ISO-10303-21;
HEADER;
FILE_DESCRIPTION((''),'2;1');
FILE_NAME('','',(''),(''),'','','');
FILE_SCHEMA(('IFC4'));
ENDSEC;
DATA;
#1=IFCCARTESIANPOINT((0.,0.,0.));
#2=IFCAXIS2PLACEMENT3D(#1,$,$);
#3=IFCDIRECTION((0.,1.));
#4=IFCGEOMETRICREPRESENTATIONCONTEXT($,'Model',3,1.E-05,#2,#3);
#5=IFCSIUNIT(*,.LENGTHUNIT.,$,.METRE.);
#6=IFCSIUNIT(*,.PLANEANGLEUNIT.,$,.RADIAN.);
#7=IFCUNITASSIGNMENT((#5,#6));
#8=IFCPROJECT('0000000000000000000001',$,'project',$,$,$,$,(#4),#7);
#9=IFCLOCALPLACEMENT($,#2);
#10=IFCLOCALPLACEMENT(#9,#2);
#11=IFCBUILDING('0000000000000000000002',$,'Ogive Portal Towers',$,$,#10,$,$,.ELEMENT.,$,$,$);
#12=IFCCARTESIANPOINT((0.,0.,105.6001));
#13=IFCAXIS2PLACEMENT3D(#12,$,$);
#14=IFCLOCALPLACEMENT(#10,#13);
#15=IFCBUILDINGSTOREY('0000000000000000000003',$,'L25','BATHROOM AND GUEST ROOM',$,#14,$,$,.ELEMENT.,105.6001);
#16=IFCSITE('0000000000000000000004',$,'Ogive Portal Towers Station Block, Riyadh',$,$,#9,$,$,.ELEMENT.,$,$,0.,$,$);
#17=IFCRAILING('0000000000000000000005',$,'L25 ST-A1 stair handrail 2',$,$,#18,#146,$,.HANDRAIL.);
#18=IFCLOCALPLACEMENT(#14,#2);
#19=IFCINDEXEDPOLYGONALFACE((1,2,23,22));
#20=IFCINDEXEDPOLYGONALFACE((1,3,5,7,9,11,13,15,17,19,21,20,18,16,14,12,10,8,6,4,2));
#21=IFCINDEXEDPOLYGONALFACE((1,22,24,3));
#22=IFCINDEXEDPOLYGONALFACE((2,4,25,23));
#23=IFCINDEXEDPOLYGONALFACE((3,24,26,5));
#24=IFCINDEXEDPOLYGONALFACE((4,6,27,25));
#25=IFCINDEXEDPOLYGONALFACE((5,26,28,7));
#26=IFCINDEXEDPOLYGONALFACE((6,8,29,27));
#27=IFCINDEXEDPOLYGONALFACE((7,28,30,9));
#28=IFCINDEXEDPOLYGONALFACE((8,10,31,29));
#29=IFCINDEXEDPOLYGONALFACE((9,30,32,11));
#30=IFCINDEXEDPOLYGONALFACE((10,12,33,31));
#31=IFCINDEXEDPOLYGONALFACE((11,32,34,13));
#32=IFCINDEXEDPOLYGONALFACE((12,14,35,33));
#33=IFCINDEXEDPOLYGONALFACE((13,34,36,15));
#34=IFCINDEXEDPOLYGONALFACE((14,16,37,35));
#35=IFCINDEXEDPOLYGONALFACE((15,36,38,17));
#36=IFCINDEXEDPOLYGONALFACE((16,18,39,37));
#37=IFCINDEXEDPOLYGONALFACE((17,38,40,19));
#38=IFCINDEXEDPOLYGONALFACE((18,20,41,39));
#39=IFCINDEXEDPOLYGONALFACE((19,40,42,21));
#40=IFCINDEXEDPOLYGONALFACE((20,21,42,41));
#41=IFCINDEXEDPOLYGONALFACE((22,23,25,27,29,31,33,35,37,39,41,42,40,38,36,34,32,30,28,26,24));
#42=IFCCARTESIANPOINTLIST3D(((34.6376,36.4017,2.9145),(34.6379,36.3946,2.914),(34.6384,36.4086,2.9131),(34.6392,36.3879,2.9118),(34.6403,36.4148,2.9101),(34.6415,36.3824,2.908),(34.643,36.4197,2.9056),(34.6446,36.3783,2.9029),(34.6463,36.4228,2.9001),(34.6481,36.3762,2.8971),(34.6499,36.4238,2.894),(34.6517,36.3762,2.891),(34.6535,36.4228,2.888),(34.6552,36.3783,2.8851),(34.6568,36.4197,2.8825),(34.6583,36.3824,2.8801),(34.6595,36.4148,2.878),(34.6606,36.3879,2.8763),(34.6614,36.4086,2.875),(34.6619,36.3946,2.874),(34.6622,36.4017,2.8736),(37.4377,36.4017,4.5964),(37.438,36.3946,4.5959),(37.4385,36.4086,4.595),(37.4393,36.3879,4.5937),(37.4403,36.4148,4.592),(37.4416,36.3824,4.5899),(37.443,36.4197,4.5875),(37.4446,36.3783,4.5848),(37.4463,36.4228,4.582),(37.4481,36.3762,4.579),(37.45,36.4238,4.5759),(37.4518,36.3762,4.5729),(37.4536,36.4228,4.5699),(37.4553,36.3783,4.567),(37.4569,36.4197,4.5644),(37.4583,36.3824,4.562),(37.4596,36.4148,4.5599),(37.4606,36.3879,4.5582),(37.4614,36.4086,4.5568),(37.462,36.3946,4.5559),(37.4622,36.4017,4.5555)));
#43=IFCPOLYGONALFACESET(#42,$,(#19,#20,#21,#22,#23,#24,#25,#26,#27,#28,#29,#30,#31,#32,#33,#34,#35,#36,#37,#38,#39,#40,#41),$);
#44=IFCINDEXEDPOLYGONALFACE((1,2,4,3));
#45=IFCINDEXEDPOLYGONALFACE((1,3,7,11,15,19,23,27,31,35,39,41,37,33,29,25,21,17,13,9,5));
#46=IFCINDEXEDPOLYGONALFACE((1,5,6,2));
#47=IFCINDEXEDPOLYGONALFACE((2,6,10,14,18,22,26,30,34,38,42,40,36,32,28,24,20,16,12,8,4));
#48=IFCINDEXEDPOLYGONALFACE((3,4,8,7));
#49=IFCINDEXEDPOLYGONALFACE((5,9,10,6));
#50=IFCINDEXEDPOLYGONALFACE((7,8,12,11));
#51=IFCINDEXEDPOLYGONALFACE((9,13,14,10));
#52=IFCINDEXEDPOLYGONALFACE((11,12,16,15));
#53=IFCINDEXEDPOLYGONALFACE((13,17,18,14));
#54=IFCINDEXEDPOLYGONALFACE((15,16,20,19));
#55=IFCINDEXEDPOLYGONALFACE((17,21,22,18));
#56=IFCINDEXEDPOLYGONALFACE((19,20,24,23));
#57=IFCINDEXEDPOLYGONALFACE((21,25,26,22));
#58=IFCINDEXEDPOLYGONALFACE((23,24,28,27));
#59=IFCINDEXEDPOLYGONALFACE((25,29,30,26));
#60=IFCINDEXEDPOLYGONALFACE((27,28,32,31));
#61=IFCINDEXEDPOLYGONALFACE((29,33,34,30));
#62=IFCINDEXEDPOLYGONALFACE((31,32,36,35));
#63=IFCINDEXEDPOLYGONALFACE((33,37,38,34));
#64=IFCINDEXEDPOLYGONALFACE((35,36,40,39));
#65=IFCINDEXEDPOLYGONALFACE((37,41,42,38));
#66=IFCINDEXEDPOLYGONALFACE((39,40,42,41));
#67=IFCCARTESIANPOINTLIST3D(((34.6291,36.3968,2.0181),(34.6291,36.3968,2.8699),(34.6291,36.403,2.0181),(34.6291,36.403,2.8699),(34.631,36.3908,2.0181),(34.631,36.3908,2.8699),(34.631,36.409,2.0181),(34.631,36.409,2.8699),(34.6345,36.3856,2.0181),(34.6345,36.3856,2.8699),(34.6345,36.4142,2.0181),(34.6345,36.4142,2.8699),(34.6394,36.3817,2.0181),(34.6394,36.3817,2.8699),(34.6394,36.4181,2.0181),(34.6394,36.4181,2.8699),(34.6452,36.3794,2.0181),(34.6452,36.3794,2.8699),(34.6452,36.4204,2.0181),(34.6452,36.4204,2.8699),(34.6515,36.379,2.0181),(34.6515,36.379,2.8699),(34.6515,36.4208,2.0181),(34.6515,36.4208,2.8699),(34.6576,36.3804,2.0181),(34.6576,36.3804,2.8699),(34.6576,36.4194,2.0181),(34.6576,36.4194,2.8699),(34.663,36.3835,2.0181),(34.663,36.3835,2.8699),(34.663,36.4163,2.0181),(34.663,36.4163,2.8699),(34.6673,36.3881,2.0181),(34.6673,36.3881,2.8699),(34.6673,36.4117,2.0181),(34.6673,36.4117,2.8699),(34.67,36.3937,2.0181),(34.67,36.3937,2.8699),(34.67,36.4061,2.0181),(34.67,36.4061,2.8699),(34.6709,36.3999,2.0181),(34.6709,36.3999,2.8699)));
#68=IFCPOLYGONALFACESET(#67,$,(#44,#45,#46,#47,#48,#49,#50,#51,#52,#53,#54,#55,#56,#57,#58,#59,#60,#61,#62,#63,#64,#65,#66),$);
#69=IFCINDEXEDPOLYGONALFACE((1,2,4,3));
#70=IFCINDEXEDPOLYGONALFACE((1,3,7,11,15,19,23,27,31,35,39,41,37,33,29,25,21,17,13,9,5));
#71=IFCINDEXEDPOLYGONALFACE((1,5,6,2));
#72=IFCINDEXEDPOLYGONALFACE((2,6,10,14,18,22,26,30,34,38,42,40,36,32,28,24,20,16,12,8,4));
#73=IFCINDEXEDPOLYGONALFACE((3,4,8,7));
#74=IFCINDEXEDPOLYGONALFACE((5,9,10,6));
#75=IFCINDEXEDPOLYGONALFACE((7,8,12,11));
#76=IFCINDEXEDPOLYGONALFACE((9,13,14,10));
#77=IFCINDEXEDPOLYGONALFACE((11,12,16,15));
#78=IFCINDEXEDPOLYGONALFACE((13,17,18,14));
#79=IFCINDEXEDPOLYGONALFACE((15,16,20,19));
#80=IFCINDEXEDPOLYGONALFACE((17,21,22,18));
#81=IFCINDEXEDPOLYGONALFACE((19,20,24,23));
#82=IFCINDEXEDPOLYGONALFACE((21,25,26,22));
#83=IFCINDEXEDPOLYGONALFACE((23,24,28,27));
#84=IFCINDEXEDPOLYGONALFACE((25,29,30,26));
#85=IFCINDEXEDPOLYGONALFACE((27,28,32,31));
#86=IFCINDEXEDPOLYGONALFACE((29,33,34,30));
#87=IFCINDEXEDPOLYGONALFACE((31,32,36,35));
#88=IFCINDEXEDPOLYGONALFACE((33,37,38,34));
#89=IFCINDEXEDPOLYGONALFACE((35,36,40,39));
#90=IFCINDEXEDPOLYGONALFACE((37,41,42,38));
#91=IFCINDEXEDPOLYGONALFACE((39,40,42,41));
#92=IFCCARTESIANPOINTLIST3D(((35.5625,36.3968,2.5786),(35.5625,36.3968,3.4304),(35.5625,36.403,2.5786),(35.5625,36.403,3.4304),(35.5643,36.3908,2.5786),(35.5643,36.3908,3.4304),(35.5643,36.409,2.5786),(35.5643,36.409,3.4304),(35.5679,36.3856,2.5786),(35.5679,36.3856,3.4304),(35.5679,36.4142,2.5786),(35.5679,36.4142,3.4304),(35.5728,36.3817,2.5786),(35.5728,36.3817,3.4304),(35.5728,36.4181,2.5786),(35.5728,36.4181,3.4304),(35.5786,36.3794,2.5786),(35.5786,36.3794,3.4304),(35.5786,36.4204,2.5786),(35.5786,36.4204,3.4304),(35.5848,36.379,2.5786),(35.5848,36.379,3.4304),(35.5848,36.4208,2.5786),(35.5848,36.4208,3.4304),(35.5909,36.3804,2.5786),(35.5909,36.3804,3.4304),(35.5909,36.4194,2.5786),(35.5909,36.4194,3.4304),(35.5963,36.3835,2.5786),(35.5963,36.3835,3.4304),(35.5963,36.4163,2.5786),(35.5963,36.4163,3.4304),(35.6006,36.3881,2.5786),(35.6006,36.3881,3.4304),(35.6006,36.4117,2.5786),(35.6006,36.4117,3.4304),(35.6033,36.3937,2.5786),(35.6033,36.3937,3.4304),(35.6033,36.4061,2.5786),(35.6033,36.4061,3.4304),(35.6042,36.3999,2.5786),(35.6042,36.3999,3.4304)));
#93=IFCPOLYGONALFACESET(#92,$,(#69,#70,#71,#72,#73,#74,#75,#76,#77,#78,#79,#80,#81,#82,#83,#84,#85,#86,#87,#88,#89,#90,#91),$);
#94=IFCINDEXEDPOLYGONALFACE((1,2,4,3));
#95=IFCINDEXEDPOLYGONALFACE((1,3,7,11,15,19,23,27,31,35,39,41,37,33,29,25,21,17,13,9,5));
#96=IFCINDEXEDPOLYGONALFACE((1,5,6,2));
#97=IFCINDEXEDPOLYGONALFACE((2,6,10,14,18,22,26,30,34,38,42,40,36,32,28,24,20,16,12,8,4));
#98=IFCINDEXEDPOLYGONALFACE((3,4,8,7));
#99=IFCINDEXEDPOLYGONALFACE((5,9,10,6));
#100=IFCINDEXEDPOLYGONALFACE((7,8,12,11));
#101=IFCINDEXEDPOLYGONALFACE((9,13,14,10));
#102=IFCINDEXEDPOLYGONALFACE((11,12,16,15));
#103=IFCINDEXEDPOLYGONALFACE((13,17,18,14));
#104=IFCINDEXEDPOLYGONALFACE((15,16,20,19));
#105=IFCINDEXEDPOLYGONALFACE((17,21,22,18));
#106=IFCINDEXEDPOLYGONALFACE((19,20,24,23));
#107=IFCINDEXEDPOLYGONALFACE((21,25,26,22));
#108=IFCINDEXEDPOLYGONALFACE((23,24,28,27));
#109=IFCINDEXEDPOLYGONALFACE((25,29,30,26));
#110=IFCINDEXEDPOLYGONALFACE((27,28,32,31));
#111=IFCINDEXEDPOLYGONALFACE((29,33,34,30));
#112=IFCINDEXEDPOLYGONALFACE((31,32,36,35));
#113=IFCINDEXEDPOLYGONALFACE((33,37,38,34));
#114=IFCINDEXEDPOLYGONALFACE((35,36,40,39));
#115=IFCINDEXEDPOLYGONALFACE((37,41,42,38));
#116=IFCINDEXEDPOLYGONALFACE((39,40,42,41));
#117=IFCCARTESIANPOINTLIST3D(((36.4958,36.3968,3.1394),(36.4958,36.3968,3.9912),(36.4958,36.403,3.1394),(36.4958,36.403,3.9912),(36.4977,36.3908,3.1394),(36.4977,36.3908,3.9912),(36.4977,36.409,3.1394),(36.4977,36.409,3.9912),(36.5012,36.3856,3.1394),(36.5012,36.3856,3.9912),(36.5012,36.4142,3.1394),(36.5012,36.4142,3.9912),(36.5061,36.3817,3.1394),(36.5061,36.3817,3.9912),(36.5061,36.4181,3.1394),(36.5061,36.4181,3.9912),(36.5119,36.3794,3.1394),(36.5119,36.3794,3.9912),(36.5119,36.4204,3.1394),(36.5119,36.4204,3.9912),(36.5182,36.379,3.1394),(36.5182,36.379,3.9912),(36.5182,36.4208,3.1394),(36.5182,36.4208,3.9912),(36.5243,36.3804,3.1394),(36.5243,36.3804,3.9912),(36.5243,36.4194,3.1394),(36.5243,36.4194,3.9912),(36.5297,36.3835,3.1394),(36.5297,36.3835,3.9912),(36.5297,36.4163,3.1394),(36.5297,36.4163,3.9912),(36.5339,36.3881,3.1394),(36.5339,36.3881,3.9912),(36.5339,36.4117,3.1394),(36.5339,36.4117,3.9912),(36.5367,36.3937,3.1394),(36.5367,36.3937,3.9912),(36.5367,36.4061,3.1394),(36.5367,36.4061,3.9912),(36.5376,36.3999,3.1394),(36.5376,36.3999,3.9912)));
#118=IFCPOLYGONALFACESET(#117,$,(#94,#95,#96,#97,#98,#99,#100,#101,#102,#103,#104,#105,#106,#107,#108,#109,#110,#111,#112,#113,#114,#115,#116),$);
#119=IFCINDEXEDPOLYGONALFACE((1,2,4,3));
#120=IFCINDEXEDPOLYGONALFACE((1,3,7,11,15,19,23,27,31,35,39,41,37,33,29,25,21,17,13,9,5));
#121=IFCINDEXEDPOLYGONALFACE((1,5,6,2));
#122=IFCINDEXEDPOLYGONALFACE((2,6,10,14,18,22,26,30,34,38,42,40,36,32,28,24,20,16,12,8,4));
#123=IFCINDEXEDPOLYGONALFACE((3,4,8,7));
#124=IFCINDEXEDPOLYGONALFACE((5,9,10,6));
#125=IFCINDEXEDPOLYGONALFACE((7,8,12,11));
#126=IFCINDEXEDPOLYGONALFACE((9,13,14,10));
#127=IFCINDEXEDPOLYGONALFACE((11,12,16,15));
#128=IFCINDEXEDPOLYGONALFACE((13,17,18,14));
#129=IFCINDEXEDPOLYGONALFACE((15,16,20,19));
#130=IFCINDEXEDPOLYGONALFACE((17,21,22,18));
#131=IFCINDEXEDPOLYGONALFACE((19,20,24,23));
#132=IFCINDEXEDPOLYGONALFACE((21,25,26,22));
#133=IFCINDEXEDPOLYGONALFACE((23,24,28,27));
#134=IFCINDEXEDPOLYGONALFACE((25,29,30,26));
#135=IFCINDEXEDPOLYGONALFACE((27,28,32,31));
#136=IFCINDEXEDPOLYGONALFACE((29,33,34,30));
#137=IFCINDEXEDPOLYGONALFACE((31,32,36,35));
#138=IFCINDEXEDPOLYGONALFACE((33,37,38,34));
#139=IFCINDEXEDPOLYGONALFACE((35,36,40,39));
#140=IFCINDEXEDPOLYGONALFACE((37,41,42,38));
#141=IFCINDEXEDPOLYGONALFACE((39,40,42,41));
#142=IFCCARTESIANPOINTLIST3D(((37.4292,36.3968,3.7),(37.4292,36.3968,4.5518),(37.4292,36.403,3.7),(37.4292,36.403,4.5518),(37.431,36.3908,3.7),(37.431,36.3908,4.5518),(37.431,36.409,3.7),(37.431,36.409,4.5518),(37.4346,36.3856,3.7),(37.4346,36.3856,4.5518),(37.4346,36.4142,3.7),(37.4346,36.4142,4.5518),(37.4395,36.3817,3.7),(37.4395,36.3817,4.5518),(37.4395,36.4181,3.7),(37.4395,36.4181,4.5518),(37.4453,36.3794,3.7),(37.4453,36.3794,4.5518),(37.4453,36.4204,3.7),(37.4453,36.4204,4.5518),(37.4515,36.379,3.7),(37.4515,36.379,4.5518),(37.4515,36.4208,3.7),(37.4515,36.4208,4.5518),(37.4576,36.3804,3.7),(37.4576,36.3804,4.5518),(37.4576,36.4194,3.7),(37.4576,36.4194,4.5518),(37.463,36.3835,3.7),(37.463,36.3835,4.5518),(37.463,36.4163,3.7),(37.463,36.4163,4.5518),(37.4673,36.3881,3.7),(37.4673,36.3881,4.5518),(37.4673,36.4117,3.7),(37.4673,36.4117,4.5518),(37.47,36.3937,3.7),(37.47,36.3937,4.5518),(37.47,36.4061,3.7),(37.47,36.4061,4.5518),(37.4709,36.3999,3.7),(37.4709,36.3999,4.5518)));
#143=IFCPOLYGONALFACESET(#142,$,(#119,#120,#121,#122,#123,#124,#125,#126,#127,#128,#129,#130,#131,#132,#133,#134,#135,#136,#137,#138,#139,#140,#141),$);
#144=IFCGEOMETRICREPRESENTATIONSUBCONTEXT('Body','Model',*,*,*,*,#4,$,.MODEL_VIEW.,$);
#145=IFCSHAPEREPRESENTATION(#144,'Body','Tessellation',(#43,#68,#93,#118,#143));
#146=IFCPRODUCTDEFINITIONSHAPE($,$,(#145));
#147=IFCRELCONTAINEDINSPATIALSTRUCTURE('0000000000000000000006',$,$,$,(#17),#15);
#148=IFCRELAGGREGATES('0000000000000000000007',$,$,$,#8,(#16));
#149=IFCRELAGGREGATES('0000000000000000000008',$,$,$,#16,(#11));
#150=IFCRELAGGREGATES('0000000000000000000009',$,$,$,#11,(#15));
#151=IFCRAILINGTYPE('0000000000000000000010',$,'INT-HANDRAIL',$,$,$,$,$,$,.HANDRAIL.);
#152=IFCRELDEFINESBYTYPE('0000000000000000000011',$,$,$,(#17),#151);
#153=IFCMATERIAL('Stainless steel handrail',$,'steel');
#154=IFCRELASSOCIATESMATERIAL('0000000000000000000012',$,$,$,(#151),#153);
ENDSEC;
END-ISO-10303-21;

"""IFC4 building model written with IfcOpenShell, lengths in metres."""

from ifc_helpers import new_model, si_unit, direction, frame, origin, origin_2d, place, context, subcontext, project, spatial, circle, extrude, material, type_object, element, save


model = new_model("IFC4")

# Units and contexts
model_context = context("Model", 3, precision=1e-05, world=origin(), true_north=direction((0.0, 1.0)))
body_context = subcontext(model_context, "Body", "Model", "MODEL_VIEW")
ifc_project = project(units=[si_unit("LENGTHUNIT", "METRE"), si_unit("PLANEANGLEUNIT", "RADIAN")], contexts=[model_context])

# Site, building, storey
site_placement = place(None, origin())
site = spatial("IfcSite", under=ifc_project, at=site_placement, Name="Ogive Portal Towers Station Block, Riyadh", CompositionType="ELEMENT", RefElevation=0.0)
building_placement = place(site_placement, origin())
building = spatial("IfcBuilding", under=site, at=building_placement, Name="Ogive Portal Towers", CompositionType="ELEMENT")
storey_placement = place(building_placement, frame((0.0, 0.0, 105.6001)))
storey = spatial("IfcBuildingStorey", under=building, at=storey_placement, Name="L25", Description="BATHROOM AND GUEST ROOM", CompositionType="ELEMENT", Elevation=105.6001)

# Railing
ifc_material_1 = material(Name="Stainless steel handrail", Category="steel")
railing_type_1 = type_object("IfcRailingType", Name="INT-HANDRAIL", PredefinedType="HANDRAIL", material=ifc_material_1)
railing_1_placement = place(storey_placement, frame((34.6499, 36.3999, 2.0181)))
element("IfcRailing", 1, at=railing_1_placement, inside=storey, type_object=railing_type_1, Name="L25 ST-A1 stair handrail 2", PredefinedType="HANDRAIL", context=body_context, shape_type="SweptSolid", body=[
    extrude(circle(Radius=0.0239, at=origin_2d()), frame((0.0, 0.0, 0.876), z_axis=(0.857242, 0.0, 0.514913), x_axis=(0.0, 1.0, 0.0)), (0.0, 0.0, 1.0), 3.2664),
    extrude(circle(Radius=0.021, at=origin_2d()), origin(), (0.0, 0.0, 1.0), 0.8518),
    extrude(circle(Radius=0.021, at=origin_2d()), frame((0.9333, 0.0, 0.5605)), (0.0, 0.0, 1.0), 0.8518),
    extrude(circle(Radius=0.021, at=origin_2d()), frame((1.8667, 0.0, 1.1213)), (0.0, 0.0, 1.0), 0.8518),
    extrude(circle(Radius=0.021, at=origin_2d()), frame((2.8, 0.0, 1.6819)), (0.0, 0.0, 1.0), 0.8518),
])

save(model, "model.ifc")
